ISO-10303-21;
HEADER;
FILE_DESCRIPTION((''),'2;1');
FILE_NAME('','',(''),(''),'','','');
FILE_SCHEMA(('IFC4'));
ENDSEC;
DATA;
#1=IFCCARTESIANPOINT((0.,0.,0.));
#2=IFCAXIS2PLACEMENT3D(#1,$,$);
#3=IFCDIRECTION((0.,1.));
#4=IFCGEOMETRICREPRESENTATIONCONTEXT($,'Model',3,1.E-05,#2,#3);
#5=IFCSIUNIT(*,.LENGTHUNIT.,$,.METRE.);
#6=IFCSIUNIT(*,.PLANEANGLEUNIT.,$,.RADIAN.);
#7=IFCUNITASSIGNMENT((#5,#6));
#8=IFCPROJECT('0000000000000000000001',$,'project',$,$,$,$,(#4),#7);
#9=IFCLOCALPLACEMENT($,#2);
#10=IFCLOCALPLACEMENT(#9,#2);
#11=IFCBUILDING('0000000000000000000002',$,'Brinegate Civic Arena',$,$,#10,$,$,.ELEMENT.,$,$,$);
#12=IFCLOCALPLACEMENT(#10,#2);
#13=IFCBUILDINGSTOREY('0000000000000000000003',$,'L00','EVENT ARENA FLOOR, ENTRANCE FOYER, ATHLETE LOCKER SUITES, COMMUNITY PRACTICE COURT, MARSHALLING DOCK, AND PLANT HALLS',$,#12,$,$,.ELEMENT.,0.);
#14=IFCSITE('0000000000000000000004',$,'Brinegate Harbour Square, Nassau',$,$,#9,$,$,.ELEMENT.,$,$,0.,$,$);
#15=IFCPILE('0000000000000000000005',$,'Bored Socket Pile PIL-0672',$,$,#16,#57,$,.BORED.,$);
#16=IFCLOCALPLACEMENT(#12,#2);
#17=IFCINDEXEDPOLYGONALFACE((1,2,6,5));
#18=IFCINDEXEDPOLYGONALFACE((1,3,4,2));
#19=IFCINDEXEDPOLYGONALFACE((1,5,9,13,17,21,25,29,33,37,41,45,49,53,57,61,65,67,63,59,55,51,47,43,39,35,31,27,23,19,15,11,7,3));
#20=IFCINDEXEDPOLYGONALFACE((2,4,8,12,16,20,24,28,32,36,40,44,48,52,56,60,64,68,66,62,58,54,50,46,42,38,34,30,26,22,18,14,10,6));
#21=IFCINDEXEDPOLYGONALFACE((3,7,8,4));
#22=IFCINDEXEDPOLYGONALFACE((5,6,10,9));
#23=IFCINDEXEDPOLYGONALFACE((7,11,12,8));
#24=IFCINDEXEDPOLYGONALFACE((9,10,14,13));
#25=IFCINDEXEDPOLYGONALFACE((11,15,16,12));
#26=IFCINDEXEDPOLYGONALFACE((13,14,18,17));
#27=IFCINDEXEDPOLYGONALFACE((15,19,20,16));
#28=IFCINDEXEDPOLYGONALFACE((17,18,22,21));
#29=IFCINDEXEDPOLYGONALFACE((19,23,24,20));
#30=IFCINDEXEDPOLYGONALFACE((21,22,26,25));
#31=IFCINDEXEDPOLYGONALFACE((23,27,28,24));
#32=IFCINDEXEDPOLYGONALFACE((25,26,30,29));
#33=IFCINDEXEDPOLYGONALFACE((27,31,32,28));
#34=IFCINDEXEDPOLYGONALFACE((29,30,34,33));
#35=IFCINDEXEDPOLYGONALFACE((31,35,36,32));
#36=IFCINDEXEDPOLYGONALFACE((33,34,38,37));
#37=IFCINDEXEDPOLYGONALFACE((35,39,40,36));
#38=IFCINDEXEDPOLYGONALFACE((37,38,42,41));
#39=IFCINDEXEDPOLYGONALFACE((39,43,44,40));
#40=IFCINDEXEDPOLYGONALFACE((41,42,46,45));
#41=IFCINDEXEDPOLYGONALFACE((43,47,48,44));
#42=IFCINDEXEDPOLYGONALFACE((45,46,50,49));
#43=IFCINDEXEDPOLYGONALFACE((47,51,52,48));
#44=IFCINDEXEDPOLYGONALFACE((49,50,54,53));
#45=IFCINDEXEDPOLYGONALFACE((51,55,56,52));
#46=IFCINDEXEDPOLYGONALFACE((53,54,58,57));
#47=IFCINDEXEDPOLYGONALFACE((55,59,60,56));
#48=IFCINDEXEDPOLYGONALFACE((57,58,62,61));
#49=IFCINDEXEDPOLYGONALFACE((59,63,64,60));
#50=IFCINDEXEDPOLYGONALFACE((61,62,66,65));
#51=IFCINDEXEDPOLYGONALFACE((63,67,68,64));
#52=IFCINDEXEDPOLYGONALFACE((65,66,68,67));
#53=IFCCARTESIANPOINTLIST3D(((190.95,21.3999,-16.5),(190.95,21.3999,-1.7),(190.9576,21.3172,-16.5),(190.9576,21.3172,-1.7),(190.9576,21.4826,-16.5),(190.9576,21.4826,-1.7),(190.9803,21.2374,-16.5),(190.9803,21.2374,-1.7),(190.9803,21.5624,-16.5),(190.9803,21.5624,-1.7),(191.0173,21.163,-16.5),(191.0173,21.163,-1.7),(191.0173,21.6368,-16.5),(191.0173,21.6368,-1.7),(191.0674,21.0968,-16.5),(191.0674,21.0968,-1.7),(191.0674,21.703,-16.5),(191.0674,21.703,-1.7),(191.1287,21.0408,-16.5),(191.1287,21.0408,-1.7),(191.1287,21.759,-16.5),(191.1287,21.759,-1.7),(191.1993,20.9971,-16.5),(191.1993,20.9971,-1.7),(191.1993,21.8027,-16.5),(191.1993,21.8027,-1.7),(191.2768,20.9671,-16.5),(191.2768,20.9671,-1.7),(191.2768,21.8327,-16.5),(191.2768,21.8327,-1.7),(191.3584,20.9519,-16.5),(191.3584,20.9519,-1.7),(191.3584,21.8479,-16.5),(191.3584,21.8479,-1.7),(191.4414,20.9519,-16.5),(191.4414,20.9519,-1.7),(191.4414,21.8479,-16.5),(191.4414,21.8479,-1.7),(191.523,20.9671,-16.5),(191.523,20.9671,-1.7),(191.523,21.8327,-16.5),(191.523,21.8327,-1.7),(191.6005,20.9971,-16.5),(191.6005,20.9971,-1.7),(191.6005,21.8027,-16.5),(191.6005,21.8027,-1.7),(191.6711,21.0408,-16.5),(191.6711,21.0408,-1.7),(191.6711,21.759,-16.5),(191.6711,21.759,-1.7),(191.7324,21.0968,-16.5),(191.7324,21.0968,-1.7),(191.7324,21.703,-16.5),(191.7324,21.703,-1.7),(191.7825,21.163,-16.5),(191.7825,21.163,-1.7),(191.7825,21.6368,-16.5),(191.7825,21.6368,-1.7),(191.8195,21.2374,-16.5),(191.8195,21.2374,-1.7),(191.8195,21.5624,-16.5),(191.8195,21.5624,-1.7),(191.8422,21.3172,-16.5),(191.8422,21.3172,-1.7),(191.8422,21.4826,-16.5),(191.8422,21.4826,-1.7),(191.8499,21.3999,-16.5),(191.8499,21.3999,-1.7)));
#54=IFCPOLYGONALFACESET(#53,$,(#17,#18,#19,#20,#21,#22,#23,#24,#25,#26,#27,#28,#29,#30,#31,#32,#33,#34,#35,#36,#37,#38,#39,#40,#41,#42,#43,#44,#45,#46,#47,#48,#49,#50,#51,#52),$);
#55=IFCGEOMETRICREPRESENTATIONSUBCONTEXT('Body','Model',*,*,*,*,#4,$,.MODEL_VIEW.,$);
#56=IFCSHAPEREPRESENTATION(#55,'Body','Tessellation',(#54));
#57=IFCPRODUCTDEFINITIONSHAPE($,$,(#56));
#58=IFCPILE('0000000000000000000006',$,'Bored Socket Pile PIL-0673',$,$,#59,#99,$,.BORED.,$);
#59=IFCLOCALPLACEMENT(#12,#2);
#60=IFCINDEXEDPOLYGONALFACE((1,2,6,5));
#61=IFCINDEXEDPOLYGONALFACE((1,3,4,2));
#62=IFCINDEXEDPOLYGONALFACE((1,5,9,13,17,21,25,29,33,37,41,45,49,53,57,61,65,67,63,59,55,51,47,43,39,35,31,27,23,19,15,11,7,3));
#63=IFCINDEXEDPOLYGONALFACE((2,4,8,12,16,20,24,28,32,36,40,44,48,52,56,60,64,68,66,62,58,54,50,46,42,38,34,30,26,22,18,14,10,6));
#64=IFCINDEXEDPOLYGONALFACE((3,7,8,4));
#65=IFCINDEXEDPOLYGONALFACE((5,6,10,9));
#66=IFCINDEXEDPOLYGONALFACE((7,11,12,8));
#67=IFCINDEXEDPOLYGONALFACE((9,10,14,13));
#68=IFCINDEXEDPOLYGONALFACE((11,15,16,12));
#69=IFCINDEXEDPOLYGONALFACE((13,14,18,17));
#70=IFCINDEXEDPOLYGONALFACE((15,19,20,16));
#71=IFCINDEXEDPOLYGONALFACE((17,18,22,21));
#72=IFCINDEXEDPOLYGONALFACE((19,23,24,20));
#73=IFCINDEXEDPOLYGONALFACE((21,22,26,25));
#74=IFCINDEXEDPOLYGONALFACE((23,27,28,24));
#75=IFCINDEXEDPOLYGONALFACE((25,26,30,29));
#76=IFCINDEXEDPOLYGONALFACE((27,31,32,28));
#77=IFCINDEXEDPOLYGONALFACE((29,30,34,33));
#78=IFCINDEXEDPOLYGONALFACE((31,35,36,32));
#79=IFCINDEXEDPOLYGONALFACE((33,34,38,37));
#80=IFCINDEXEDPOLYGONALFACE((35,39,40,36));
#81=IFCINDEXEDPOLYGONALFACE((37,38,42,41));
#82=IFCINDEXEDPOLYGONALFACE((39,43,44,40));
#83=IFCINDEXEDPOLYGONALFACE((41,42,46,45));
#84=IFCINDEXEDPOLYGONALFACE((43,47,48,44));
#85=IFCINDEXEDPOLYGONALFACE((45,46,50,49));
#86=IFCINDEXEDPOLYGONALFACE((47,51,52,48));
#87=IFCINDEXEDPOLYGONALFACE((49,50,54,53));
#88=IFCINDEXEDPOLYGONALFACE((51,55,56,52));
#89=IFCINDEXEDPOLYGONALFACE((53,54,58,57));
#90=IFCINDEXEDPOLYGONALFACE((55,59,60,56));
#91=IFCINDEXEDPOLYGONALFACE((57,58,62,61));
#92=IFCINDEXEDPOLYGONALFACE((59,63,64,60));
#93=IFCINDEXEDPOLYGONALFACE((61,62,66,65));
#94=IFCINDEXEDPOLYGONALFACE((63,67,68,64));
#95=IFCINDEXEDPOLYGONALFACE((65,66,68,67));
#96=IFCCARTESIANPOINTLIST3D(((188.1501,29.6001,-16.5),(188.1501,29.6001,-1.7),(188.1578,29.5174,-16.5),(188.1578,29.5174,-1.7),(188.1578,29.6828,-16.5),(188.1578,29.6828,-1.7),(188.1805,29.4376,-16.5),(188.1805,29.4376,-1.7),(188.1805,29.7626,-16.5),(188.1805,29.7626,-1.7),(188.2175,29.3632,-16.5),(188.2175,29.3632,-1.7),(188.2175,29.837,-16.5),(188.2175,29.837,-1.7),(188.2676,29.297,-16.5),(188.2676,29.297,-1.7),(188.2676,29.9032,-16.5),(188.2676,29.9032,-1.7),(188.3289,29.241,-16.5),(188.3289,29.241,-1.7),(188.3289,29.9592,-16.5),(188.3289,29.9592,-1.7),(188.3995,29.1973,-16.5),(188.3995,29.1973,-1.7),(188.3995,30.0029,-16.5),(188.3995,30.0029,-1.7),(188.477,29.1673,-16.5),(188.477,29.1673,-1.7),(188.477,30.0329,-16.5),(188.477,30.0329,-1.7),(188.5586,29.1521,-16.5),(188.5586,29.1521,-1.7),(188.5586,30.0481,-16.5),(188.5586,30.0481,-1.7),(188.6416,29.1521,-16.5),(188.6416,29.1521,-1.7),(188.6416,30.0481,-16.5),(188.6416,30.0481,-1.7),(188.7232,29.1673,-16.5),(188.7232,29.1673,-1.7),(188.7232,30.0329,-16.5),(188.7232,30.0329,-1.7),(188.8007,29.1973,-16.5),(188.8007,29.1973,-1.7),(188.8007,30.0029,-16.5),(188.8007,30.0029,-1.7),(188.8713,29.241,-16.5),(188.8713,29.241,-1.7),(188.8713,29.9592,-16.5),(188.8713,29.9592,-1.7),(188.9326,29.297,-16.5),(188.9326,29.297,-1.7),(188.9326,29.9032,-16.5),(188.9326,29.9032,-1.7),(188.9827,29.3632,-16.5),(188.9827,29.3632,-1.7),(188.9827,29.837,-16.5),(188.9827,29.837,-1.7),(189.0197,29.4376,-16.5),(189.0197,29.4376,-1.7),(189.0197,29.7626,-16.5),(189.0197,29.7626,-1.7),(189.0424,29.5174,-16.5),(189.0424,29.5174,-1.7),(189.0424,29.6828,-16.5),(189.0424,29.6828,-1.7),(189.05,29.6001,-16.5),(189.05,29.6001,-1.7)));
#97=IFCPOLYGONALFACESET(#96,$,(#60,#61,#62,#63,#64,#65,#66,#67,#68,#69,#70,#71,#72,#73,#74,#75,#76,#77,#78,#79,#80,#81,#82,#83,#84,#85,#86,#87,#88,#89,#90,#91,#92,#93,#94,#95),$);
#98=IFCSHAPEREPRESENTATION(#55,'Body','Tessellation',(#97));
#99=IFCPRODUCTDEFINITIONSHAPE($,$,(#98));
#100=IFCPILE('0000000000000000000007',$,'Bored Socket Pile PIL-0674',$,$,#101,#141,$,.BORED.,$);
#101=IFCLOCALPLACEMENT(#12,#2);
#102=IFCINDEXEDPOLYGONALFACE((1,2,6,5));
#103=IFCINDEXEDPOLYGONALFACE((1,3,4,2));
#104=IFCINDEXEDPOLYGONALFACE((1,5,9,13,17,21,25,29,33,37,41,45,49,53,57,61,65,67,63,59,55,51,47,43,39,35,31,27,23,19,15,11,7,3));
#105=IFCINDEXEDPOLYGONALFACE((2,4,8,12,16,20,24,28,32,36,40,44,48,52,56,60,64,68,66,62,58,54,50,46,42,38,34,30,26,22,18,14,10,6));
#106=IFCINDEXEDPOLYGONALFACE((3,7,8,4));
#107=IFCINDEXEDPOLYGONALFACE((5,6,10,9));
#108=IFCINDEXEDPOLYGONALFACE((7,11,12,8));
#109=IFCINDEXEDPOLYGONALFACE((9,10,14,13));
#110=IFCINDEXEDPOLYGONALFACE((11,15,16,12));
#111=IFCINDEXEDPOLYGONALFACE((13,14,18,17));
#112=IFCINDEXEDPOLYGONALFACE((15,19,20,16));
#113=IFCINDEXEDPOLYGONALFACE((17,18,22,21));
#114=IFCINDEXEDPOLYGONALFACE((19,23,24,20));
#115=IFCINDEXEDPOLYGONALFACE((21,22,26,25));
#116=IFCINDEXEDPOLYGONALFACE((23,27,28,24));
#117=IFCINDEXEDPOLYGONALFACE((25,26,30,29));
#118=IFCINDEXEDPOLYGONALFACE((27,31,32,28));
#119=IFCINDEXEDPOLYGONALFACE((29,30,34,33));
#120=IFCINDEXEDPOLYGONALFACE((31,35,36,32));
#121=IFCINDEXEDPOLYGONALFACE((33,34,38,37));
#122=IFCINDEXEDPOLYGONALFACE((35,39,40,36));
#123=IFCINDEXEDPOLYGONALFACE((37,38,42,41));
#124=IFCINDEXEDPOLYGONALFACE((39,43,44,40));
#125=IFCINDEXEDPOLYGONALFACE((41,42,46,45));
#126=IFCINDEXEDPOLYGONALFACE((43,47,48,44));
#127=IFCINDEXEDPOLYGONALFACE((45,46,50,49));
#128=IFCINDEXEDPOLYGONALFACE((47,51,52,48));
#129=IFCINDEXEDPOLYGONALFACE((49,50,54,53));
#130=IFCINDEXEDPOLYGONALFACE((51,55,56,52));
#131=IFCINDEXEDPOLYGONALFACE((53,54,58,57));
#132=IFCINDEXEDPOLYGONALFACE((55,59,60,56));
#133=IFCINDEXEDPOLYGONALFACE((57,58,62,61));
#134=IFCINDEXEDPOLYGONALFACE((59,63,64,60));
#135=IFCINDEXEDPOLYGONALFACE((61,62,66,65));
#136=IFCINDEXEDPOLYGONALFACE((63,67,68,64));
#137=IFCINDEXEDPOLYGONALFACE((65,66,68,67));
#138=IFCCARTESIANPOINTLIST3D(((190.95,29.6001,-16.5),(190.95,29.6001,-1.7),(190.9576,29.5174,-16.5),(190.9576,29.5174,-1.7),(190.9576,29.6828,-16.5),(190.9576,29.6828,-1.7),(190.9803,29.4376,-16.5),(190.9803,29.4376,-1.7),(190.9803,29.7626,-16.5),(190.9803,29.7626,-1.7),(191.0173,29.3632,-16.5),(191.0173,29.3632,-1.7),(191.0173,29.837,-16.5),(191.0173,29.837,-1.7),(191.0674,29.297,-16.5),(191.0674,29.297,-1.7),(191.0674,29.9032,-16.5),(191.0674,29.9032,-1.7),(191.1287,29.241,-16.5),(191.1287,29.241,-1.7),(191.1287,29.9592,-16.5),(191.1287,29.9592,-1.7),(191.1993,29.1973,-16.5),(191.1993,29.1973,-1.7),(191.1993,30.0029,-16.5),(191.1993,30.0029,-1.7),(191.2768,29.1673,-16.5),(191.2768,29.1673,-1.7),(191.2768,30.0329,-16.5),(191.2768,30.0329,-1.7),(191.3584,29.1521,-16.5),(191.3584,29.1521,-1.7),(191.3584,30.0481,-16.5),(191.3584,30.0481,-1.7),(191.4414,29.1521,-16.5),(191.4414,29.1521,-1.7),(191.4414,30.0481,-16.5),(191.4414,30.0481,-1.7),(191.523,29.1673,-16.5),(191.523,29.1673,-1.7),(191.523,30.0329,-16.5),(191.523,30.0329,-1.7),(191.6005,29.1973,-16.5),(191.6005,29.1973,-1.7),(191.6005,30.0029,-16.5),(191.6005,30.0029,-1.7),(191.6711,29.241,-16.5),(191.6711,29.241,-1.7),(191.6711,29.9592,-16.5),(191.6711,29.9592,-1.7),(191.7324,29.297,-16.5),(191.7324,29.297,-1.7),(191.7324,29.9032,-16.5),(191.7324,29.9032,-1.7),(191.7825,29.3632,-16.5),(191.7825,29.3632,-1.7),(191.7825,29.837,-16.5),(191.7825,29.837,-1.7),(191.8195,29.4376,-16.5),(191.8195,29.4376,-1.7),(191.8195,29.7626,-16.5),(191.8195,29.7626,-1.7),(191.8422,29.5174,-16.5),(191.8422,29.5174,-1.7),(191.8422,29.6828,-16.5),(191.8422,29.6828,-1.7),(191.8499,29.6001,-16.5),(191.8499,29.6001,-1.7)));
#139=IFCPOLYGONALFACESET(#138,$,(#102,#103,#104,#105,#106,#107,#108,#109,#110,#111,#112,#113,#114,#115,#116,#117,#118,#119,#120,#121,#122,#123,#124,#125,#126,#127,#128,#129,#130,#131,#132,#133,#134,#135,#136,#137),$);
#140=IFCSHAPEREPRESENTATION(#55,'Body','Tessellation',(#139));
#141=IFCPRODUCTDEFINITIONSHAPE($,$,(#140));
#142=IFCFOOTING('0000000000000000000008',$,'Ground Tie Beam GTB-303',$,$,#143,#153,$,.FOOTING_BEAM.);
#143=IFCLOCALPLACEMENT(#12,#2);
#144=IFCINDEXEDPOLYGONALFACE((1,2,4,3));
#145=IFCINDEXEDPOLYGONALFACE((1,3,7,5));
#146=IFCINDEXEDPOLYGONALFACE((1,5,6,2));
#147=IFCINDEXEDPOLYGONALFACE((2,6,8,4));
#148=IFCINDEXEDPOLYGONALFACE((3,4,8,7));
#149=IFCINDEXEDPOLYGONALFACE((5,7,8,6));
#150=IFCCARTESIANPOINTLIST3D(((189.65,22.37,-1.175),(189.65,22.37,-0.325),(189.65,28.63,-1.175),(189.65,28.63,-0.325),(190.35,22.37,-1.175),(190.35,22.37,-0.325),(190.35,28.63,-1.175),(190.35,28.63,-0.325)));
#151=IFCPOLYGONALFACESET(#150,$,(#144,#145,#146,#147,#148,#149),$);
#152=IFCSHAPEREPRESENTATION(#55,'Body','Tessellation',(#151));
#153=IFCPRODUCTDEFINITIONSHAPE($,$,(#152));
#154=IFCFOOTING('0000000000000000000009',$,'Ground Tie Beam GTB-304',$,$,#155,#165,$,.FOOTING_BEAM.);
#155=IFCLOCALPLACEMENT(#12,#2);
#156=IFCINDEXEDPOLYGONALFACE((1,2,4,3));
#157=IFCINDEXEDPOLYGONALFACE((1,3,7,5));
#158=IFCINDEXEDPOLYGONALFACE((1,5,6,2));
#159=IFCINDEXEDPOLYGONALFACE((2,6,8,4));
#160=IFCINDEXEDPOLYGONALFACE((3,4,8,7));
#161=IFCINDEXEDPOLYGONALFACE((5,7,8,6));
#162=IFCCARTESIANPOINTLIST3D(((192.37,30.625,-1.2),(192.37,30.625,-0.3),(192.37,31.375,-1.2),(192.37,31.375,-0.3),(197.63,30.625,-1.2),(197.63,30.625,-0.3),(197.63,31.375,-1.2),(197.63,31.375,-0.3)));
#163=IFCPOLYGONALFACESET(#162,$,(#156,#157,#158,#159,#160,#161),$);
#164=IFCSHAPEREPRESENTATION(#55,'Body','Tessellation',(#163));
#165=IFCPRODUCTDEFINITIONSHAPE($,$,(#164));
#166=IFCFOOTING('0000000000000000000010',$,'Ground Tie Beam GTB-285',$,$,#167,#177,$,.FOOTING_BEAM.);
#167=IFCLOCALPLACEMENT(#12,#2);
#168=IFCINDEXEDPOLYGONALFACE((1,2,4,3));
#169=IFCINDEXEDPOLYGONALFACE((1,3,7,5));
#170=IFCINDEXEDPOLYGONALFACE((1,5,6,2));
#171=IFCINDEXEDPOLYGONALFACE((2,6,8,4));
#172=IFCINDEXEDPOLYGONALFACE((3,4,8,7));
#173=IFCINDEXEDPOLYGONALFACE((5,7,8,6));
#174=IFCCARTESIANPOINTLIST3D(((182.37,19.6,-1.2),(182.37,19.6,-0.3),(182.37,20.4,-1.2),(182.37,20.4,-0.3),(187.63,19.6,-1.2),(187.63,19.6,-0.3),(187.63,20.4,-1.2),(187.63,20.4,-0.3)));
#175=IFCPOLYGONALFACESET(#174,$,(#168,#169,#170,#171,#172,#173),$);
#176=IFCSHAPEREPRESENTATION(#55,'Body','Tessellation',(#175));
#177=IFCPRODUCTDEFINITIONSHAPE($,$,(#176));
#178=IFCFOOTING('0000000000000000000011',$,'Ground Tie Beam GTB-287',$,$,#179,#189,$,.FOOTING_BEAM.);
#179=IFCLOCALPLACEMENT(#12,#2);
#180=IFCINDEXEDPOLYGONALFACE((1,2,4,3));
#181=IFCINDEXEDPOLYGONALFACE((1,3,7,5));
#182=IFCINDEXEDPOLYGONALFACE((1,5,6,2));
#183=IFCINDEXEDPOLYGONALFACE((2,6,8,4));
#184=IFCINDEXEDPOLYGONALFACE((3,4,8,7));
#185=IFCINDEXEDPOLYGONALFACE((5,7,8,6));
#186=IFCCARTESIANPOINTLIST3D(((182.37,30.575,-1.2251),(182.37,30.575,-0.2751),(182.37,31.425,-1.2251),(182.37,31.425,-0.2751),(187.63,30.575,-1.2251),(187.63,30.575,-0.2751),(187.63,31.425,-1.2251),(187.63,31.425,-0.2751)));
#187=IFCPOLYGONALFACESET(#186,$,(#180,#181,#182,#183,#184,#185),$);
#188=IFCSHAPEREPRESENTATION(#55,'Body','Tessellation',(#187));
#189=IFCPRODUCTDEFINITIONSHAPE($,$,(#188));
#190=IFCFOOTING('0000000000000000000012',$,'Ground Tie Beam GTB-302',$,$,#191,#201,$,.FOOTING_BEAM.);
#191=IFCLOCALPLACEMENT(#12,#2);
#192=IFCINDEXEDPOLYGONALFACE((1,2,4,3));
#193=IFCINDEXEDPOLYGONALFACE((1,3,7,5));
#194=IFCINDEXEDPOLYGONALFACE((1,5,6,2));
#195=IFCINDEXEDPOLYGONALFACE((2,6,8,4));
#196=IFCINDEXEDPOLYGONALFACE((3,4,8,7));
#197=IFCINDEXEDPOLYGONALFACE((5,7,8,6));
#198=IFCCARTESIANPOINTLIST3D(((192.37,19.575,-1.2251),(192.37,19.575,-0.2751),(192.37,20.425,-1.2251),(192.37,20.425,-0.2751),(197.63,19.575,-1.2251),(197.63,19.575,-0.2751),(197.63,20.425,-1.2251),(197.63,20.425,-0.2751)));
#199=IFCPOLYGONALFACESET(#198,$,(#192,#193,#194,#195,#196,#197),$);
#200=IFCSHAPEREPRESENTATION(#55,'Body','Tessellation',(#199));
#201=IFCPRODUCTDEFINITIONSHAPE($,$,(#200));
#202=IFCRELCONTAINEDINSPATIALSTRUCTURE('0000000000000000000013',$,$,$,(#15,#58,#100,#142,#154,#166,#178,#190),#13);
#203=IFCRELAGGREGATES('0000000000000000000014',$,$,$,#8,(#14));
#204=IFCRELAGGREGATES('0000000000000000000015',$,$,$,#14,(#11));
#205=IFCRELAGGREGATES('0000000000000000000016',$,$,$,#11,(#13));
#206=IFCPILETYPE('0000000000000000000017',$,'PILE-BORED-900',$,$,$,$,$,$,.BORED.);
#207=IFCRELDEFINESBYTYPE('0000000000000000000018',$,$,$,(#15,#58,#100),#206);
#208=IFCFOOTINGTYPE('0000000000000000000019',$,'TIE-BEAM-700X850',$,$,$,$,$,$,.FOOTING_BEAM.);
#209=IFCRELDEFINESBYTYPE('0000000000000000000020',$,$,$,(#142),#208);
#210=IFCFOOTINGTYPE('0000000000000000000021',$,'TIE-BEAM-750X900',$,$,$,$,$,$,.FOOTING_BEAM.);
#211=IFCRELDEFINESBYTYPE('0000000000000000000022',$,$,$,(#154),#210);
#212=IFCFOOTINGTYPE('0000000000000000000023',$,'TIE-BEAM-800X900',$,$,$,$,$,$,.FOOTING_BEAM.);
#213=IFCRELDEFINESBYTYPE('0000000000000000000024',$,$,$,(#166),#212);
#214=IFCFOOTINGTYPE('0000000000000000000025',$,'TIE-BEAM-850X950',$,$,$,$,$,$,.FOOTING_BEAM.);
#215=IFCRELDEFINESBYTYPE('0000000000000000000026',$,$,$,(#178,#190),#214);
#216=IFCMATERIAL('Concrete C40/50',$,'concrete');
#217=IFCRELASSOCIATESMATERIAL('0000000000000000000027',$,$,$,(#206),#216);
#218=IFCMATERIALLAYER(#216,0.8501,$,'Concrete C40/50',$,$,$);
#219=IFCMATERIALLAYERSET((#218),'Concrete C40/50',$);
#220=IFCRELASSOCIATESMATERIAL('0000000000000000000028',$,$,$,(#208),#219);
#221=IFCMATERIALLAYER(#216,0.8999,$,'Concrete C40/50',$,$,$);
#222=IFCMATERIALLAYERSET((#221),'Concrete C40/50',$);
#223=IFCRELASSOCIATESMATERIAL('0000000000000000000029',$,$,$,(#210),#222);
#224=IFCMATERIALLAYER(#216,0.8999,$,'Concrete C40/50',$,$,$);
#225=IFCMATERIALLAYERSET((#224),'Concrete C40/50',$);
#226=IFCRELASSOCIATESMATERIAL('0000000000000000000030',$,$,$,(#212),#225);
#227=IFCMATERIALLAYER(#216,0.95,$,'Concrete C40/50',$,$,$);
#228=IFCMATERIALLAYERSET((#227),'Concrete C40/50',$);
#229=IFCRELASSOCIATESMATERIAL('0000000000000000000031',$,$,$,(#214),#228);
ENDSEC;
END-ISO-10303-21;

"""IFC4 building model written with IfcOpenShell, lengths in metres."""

from ifc_helpers import new_model, si_unit, direction, frame, origin, origin_2d, place, context, subcontext, project, spatial, rectangle, circle, extrude, material, layer, layer_set, material_profile, profile_set, type_object, element, save


model = new_model("IFC4")

# Units and contexts
model_context = context("Model", 3, precision=1e-05, world=origin(), true_north=direction((0.0, 1.0)))
body_context = subcontext(model_context, "Body", "Model", "MODEL_VIEW")
ifc_project = project(units=[si_unit("LENGTHUNIT", "METRE"), si_unit("PLANEANGLEUNIT", "RADIAN")], contexts=[model_context])

# Site, building, storey
site_placement = place(None, origin())
site = spatial("IfcSite", under=ifc_project, at=site_placement, Name="Brinegate Harbour Square, Nassau", CompositionType="ELEMENT", RefElevation=0.0)
building_placement = place(site_placement, origin())
building = spatial("IfcBuilding", under=site, at=building_placement, Name="Brinegate Civic Arena", CompositionType="ELEMENT")
storey_placement = place(building_placement, origin())
storey = spatial("IfcBuildingStorey", under=building, at=storey_placement, Name="L00", Description="EVENT ARENA FLOOR, ENTRANCE FOYER, ATHLETE LOCKER SUITES, COMMUNITY PRACTICE COURT, MARSHALLING DOCK, AND PLANT HALLS", CompositionType="ELEMENT", Elevation=0.0)

# Shared definitions
ifc_material_1 = material(Name="Concrete C40/50", Category="concrete")

# Piles
ifc_material_profile_1 = material_profile(ifc_material_1, circle(Radius=0.45, at=origin_2d()), Name="PILED900")
ifc_profile_set_1 = profile_set([ifc_material_profile_1], Name="Concrete C40/50")
pile_type = type_object("IfcPileType", Name="PILE-BORED-900", PredefinedType="BORED", material=ifc_profile_set_1)
for number, where, z_axis, x_axis, name in (
    (1, (191.3999, 21.3999, -1.7), (0.0, 0.0, -1.0), (1.0, 0.0, 0.0), "Bored Socket Pile PIL-0672"),
    (2, (188.6001, 29.6001, -1.7), (0.0, 0.0, -1.0), (1.0, 0.0, 0.0), "Bored Socket Pile PIL-0673"),
    (3, (191.3999, 29.6001, -1.7), (0.0, 0.0, -1.0), (1.0, 0.0, 0.0), "Bored Socket Pile PIL-0674"),
):
    element("IfcPile", number, at=place(storey_placement, frame(where, z_axis=z_axis, x_axis=x_axis)), inside=storey, type_object=pile_type, Name=name, PredefinedType="BORED", context=body_context, shape_type="SweptSolid", body=[
        extrude(circle(Radius=0.45, at=origin_2d()), origin(), (0.0, 0.0, 1.0), 14.8),
    ])

# Footings
ifc_layer_1 = layer(ifc_material_1, 0.8501, Name="Concrete C40/50")
ifc_layer_set_1 = layer_set([ifc_layer_1], Name="Concrete C40/50")
footing_type_1 = type_object("IfcFootingType", Name="TIE-BEAM-700X850", PredefinedType="FOOTING_BEAM", material=ifc_layer_set_1)
footing_1_placement = place(storey_placement, frame((190.0, 25.5, -1.175), z_axis=(0.0, 0.0, 1.0), x_axis=(0.0, 1.0, 0.0)))
element("IfcFooting", 4, at=footing_1_placement, inside=storey, type_object=footing_type_1, Name="Ground Tie Beam GTB-303", PredefinedType="FOOTING_BEAM", context=body_context, shape_type="SweptSolid", body=[
    extrude(rectangle(XDim=6.26, YDim=0.7, at=origin_2d()), origin(), (0.0, 0.0, 1.0), 0.8501),
])
ifc_layer_2 = layer(ifc_material_1, 0.8999, Name="Concrete C40/50")
ifc_layer_set_2 = layer_set([ifc_layer_2], Name="Concrete C40/50")
footing_type_2 = type_object("IfcFootingType", Name="TIE-BEAM-750X900", PredefinedType="FOOTING_BEAM", material=ifc_layer_set_2)
footing_2_placement = place(storey_placement, frame((195.0, 31.0, -1.2), z_axis=(0.0, 0.0, 1.0), x_axis=(1.0, 0.0, 0.0)))
element("IfcFooting", 5, at=footing_2_placement, inside=storey, type_object=footing_type_2, Name="Ground Tie Beam GTB-304", PredefinedType="FOOTING_BEAM", context=body_context, shape_type="SweptSolid", body=[
    extrude(rectangle(XDim=5.26, YDim=0.75, at=origin_2d()), origin(), (0.0, 0.0, 1.0), 0.8999),
])
ifc_layer_3 = layer(ifc_material_1, 0.8999, Name="Concrete C40/50")
ifc_layer_set_3 = layer_set([ifc_layer_3], Name="Concrete C40/50")
footing_type_3 = type_object("IfcFootingType", Name="TIE-BEAM-800X900", PredefinedType="FOOTING_BEAM", material=ifc_layer_set_3)
footing_3_placement = place(storey_placement, frame((185.0, 20.0, -1.2), z_axis=(0.0, 0.0, 1.0), x_axis=(1.0, 0.0, 0.0)))
element("IfcFooting", 6, at=footing_3_placement, inside=storey, type_object=footing_type_3, Name="Ground Tie Beam GTB-285", PredefinedType="FOOTING_BEAM", context=body_context, shape_type="SweptSolid", body=[
    extrude(rectangle(XDim=5.26, YDim=0.8, at=origin_2d()), origin(), (0.0, 0.0, 1.0), 0.8999),
])
ifc_layer_4 = layer(ifc_material_1, 0.95, Name="Concrete C40/50")
ifc_layer_set_4 = layer_set([ifc_layer_4], Name="Concrete C40/50")
footing_type_4 = type_object("IfcFootingType", Name="TIE-BEAM-850X950", PredefinedType="FOOTING_BEAM", material=ifc_layer_set_4)
for number, where, z_axis, x_axis, name in (
    (7, (185.0, 31.0, -1.2251), (0.0, 0.0, 1.0), (1.0, 0.0, 0.0), "Ground Tie Beam GTB-287"),
    (8, (195.0, 20.0, -1.2251), (0.0, 0.0, 1.0), (1.0, 0.0, 0.0), "Ground Tie Beam GTB-302"),
):
    element("IfcFooting", number, at=place(storey_placement, frame(where, z_axis=z_axis, x_axis=x_axis)), inside=storey, type_object=footing_type_4, Name=name, PredefinedType="FOOTING_BEAM", context=body_context, shape_type="SweptSolid", body=[
        extrude(rectangle(XDim=5.26, YDim=0.8501, at=origin_2d()), origin(), (0.0, 0.0, 1.0), 0.95),
    ])

save(model, "model.ifc")
